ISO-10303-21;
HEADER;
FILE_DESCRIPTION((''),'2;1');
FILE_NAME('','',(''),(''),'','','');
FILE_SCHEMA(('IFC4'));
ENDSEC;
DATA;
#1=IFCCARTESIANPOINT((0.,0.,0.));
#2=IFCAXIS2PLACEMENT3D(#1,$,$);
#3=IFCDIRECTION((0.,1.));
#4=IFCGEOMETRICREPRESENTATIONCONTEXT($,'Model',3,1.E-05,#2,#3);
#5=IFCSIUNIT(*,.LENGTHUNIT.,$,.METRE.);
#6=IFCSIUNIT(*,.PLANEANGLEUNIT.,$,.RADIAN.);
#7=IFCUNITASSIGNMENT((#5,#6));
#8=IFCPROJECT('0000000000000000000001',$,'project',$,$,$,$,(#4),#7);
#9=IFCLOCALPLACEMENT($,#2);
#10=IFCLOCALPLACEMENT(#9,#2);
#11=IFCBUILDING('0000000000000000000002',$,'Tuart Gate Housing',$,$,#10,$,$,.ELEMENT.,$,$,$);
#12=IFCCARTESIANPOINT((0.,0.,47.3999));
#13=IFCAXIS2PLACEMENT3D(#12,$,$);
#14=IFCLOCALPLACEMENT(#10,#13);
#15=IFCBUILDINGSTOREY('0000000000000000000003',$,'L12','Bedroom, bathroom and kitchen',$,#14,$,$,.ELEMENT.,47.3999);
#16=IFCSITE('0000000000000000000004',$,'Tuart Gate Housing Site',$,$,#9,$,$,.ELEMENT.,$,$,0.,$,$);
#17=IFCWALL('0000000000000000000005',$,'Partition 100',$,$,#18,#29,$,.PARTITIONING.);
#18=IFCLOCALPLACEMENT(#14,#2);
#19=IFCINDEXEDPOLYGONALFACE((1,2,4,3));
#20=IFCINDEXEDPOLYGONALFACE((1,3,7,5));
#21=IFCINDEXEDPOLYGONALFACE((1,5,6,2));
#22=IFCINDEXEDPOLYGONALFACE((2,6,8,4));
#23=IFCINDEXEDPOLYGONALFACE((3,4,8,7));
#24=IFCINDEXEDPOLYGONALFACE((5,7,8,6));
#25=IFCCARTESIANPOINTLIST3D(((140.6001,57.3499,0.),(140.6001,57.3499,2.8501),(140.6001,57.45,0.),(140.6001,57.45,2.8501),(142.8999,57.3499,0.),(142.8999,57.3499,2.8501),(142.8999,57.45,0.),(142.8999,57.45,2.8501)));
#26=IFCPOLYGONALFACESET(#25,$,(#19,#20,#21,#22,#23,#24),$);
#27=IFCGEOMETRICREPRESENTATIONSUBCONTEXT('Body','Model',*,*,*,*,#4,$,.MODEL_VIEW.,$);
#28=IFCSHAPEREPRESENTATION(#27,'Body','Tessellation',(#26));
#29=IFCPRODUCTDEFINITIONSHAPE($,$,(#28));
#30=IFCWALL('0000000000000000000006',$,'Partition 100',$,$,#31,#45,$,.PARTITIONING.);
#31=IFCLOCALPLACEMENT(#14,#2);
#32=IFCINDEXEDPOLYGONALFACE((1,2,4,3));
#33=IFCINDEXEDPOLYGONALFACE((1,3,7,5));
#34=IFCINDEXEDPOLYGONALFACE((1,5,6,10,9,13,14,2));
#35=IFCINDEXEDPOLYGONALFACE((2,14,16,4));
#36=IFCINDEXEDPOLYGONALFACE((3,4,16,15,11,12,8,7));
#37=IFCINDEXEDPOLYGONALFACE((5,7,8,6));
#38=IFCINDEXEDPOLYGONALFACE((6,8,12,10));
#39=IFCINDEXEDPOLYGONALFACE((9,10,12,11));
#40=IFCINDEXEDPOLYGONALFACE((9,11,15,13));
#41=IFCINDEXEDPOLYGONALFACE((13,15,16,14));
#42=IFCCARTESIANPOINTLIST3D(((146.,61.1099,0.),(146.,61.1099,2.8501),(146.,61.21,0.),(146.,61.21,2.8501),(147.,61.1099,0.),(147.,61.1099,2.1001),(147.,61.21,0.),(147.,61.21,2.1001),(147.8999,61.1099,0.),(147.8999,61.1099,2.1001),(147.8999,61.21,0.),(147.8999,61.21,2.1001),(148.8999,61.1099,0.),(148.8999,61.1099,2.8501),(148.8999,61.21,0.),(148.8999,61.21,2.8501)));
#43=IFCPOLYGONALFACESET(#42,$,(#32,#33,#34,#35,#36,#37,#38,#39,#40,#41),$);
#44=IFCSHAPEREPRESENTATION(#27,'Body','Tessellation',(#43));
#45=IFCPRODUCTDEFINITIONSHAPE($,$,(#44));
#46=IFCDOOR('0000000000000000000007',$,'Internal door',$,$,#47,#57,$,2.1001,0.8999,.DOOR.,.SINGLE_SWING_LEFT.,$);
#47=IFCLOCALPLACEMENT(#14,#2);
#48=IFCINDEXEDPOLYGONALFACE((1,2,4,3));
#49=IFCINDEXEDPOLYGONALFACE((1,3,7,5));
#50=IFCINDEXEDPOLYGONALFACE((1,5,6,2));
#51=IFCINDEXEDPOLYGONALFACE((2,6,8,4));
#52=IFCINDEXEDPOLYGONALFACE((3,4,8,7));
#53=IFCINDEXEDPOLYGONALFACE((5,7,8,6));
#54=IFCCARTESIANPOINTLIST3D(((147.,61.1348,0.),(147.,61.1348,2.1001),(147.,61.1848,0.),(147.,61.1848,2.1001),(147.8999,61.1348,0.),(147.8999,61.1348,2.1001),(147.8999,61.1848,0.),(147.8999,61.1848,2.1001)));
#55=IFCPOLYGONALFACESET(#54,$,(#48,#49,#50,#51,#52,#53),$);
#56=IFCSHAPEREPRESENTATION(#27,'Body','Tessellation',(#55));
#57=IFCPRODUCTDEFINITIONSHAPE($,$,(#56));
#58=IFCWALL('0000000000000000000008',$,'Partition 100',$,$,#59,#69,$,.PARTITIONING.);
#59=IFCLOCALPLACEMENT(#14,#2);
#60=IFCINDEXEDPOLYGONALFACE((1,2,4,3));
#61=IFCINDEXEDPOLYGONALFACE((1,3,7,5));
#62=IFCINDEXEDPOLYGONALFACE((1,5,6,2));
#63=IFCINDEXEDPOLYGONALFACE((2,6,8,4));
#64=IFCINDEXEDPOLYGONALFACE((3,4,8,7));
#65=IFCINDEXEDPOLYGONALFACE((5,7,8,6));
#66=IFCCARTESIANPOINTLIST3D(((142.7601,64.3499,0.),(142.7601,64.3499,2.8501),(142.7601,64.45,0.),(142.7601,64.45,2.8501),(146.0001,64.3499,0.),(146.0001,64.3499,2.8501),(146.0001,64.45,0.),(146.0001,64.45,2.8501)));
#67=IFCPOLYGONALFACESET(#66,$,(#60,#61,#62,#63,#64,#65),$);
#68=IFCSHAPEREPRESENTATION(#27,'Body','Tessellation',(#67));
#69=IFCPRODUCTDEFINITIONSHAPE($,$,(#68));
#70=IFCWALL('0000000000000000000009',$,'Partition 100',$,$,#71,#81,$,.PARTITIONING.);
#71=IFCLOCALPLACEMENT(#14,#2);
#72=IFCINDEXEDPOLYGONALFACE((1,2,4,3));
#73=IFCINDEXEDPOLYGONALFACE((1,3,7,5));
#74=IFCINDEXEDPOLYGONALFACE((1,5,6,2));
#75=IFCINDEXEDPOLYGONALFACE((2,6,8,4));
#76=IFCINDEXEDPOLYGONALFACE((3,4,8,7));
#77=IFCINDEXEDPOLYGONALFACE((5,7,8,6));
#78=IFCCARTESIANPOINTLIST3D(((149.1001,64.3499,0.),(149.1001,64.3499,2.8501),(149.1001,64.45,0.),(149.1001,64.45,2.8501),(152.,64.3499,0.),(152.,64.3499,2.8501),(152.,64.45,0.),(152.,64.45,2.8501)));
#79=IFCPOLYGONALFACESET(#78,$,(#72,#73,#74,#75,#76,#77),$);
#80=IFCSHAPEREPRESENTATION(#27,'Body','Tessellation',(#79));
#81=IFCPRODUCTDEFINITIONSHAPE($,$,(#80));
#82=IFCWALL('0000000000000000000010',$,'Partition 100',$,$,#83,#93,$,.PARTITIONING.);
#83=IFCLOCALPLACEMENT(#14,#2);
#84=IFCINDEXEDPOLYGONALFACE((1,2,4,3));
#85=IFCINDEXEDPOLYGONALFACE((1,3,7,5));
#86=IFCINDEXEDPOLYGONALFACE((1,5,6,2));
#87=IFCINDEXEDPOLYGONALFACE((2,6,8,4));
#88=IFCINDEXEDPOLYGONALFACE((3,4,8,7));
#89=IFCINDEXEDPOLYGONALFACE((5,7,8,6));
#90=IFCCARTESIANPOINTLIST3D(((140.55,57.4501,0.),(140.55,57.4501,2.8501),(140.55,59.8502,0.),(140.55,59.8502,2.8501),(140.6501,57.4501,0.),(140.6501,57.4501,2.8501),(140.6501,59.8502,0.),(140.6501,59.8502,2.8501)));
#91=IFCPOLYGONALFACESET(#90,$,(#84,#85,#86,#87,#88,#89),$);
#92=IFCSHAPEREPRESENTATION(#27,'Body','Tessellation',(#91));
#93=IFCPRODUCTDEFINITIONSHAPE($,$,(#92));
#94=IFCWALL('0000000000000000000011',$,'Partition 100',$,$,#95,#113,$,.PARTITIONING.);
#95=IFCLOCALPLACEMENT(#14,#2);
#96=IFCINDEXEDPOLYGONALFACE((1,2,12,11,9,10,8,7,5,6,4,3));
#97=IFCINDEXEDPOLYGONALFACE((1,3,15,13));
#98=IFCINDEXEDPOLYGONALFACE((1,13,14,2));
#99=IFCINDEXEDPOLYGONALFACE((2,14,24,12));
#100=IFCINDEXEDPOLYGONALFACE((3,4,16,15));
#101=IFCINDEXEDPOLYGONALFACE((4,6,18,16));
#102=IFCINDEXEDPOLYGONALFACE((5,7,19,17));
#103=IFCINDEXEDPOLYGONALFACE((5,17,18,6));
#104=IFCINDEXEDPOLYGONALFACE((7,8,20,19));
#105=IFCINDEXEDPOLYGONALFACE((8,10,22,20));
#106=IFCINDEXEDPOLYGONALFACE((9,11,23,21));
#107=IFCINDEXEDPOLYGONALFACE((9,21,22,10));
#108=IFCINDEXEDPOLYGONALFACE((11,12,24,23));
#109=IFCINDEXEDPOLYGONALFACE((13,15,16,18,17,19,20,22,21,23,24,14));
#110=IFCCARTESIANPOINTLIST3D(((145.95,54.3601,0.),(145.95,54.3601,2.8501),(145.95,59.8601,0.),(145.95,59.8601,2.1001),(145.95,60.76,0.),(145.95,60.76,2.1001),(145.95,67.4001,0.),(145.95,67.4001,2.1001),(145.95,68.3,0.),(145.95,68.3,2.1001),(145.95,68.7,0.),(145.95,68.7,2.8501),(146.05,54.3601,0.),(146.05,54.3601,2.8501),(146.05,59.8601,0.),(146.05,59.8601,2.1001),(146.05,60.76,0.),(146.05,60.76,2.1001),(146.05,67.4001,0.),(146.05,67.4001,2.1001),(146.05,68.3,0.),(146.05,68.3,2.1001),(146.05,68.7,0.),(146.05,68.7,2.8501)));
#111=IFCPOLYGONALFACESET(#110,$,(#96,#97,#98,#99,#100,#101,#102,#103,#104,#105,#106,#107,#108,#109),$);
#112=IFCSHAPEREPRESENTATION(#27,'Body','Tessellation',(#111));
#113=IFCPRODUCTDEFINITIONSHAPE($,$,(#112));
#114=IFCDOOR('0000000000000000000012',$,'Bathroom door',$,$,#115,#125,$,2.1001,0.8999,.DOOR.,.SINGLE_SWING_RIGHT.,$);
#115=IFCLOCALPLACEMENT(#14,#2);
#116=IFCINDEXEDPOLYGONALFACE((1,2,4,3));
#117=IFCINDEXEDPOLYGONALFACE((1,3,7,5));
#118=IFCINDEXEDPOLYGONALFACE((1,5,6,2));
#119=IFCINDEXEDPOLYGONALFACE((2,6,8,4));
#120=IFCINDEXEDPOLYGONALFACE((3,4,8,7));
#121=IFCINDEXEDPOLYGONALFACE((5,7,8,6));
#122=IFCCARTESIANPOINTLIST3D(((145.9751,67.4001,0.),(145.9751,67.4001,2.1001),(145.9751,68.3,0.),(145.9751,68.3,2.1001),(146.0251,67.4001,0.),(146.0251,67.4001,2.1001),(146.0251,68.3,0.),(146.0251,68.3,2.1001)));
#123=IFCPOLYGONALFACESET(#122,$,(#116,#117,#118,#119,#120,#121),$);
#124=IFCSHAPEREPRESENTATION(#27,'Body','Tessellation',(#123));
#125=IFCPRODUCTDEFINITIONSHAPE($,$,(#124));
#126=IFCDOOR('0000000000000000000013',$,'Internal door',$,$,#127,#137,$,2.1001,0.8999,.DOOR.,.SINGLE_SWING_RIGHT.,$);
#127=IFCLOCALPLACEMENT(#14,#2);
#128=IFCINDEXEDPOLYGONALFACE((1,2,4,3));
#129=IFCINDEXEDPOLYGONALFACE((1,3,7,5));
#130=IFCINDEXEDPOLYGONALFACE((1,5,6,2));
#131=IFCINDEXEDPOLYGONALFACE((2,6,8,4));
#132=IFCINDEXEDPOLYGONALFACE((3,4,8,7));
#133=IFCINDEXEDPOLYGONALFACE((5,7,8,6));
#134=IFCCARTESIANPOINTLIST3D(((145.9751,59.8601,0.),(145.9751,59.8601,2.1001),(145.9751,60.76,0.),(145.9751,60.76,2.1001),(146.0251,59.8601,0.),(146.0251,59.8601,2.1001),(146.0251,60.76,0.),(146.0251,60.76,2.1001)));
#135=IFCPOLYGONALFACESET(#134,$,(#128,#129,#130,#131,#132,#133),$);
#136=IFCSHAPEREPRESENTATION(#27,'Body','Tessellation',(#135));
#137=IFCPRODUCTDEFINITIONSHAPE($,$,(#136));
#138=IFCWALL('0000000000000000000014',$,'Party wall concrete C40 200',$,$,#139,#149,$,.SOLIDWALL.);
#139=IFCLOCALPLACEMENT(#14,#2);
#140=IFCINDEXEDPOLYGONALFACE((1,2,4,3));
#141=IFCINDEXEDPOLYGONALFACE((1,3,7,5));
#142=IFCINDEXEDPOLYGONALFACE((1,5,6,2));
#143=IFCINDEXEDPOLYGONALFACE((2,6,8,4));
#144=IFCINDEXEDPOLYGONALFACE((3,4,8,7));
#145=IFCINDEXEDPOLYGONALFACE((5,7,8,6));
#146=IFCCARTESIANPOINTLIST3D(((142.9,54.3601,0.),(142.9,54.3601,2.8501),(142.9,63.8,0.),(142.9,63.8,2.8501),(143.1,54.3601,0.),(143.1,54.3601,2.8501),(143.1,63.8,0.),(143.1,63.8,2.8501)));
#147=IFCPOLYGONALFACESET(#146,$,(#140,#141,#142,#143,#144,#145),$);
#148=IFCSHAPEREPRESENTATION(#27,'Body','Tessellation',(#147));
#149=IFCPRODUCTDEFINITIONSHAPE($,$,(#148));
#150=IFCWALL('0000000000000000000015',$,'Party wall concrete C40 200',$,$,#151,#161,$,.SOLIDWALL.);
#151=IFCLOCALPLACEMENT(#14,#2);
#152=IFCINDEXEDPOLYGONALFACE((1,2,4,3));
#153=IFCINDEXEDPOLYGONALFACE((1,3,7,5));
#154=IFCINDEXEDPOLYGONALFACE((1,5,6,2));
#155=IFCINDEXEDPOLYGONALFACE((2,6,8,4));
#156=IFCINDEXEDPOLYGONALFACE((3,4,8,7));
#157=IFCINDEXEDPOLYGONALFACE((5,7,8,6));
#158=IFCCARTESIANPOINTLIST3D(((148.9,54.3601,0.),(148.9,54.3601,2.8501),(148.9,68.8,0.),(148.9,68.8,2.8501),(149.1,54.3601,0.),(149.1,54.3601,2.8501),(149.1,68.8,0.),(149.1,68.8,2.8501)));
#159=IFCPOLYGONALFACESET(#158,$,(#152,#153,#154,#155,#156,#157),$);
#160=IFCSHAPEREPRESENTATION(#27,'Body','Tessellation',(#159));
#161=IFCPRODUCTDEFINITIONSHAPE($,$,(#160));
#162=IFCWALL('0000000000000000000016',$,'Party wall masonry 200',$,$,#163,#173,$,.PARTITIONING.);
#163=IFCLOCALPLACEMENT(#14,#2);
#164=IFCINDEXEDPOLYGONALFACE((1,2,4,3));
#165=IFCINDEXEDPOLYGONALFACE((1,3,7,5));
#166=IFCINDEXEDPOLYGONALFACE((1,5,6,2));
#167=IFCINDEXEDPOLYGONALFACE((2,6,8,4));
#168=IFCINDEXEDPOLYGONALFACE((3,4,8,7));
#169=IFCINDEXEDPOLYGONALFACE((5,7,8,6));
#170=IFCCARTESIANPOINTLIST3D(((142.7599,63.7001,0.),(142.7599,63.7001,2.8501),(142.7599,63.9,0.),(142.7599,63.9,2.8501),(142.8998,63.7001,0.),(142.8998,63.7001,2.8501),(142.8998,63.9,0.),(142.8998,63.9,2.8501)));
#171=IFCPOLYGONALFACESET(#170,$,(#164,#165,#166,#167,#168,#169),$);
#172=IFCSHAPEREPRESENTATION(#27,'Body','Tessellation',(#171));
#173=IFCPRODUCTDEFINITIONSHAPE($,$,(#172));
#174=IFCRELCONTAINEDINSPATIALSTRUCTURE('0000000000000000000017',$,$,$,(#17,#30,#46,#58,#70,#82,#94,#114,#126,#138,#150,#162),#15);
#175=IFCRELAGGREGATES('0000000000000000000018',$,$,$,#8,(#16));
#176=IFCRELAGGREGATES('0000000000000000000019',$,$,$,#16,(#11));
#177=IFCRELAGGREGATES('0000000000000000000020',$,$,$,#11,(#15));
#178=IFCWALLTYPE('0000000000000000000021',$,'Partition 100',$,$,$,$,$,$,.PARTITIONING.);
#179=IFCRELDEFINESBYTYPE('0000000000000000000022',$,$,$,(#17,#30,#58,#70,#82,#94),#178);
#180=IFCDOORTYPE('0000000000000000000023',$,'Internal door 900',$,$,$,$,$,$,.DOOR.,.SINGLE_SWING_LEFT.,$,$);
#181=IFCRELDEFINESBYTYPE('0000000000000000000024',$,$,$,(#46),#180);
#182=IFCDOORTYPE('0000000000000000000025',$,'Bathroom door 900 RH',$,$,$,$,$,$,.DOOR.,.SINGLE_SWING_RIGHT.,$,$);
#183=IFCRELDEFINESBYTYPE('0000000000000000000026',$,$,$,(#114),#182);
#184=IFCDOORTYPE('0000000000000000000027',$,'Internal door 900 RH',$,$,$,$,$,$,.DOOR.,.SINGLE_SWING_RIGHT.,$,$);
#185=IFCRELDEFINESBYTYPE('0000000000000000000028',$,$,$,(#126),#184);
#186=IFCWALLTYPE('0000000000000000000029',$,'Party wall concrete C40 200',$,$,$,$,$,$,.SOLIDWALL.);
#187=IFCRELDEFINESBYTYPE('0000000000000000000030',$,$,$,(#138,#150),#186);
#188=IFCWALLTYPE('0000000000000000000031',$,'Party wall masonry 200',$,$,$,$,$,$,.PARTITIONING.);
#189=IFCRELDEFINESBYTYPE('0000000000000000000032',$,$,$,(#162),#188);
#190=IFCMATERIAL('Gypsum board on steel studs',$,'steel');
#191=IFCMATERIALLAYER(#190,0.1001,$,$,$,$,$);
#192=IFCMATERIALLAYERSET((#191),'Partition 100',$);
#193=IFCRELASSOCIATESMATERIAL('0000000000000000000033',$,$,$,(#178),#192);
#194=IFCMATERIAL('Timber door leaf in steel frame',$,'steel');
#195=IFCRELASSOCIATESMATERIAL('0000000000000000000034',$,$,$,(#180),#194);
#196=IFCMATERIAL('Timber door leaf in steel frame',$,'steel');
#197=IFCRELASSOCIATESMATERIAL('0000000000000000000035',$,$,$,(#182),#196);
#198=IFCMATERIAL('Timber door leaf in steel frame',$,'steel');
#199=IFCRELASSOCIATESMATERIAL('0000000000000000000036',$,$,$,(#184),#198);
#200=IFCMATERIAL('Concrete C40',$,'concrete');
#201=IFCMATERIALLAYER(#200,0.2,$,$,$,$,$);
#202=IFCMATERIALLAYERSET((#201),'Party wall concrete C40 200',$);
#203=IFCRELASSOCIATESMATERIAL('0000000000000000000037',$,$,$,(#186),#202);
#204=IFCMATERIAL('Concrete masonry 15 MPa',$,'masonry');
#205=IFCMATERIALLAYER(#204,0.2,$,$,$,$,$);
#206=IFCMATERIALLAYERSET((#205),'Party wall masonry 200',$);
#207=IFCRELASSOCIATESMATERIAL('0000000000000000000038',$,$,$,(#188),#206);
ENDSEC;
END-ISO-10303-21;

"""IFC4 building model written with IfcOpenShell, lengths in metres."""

from ifc_helpers import new_model, si_unit, direction, frame, frame_2d, origin, place, context, subcontext, project, spatial, rectangle, extrude, material, layer, layer_set, type_object, element, fill, save


model = new_model("IFC4")

# Units and contexts
model_context = context("Model", 3, precision=1e-05, world=origin(), true_north=direction((0.0, 1.0)))
body_context = subcontext(model_context, "Body", "Model", "MODEL_VIEW")
ifc_project = project(units=[si_unit("LENGTHUNIT", "METRE"), si_unit("PLANEANGLEUNIT", "RADIAN")], contexts=[model_context])

# Site, building, storey
site_placement = place(None, origin())
site = spatial("IfcSite", under=ifc_project, at=site_placement, Name="Tuart Gate Housing Site", CompositionType="ELEMENT", RefElevation=0.0)
building_placement = place(site_placement, origin())
building = spatial("IfcBuilding", under=site, at=building_placement, Name="Tuart Gate Housing", CompositionType="ELEMENT")
storey_placement = place(building_placement, frame((0.0, 0.0, 47.3999)))
storey = spatial("IfcBuildingStorey", under=building, at=storey_placement, Name="L12", Description="Bedroom, bathroom and kitchen", CompositionType="ELEMENT", Elevation=47.3999)

# Wall
ifc_material_1 = material(Name="Gypsum board on steel studs", Category="steel")
ifc_layer_1 = layer(ifc_material_1, 0.1001)
ifc_layer_set_1 = layer_set([ifc_layer_1], Name="Partition 100")
wall_type_1 = type_object("IfcWallType", Name="Partition 100", PredefinedType="PARTITIONING", material=ifc_layer_set_1)
wall_1_placement = place(storey_placement, frame((140.6001, 57.3999, 0.0), z_axis=(0.0, 0.0, 1.0), x_axis=(1.0, 0.0, 0.0)))
element("IfcWall", 1, at=wall_1_placement, inside=storey, type_object=wall_type_1, Name="Partition 100", PredefinedType="PARTITIONING", context=body_context, shape_type="SweptSolid", body=[
    extrude(rectangle(XDim=2.2998, YDim=0.1001, at=frame_2d((1.1499, 0.0))), origin(), (0.0, 0.0, 1.0), 2.8501),
])

# Wall, opening, door
wall_2_placement = place(storey_placement, frame((146.0, 61.1599, 0.0), z_axis=(0.0, 0.0, 1.0), x_axis=(1.0, 0.0, 0.0)))
wall_2 = element("IfcWall", 2, at=wall_2_placement, inside=storey, type_object=wall_type_1, Name="Partition 100", PredefinedType="PARTITIONING", context=body_context, shape_type="SweptSolid", body=[
    extrude(rectangle(XDim=2.8999, YDim=0.1001, at=frame_2d((1.45, 0.0))), origin(), (0.0, 0.0, 1.0), 2.8501),
])
opening_1_placement = place(wall_2_placement, frame((1.0, 0.0, 0.0)))
opening_1 = element("IfcOpeningElement", 3, at=opening_1_placement, cuts=wall_2, PredefinedType="OPENING", context=body_context, shape_type="SweptSolid", body=[
    extrude(rectangle(XDim=0.8999, YDim=2.1001, at=frame_2d((0.45, 1.05))), frame((0.0, 0.0601, 0.0), z_axis=(0.0, -1.0, 0.0), x_axis=(1.0, 0.0, 0.0)), (0.0, 0.0, 1.0), 0.1201),
])
ifc_material_2 = material(Name="Timber door leaf in steel frame", Category="steel")
door_type_1 = type_object("IfcDoorType", Name="Internal door 900", OperationType="SINGLE_SWING_LEFT", PredefinedType="DOOR", material=ifc_material_2)
door_1_placement = place(opening_1_placement, origin())
door_1 = element("IfcDoor", 4, at=door_1_placement, inside=storey, type_object=door_type_1, Name="Internal door", OperationType="SINGLE_SWING_LEFT", OverallHeight=2.1001, OverallWidth=0.8999, PredefinedType="DOOR", context=body_context, shape_type="SweptSolid", body=[
    extrude(rectangle(XDim=0.8999, YDim=2.1001, at=frame_2d((0.45, 1.05))), frame((0.0, 0.0249, 0.0), z_axis=(0.0, -1.0, 0.0), x_axis=(1.0, 0.0, 0.0)), (0.0, 0.0, 1.0), 0.05),
])
fill(opening_1, door_1)

# Walls
wall_3_placement = place(storey_placement, frame((142.76, 64.3999, 0.0), z_axis=(0.0, 0.0, 1.0), x_axis=(1.0, 0.0, 0.0)))
element("IfcWall", 5, at=wall_3_placement, inside=storey, type_object=wall_type_1, Name="Partition 100", PredefinedType="PARTITIONING", context=body_context, shape_type="SweptSolid", body=[
    extrude(rectangle(XDim=3.24, YDim=0.1001, at=frame_2d((1.6201, 0.0))), origin(), (0.0, 0.0, 1.0), 2.8501),
])
wall_4_placement = place(storey_placement, frame((149.1001, 64.3999, 0.0), z_axis=(0.0, 0.0, 1.0), x_axis=(1.0, 0.0, 0.0)))
element("IfcWall", 6, at=wall_4_placement, inside=storey, type_object=wall_type_1, Name="Partition 100", PredefinedType="PARTITIONING", context=body_context, shape_type="SweptSolid", body=[
    extrude(rectangle(XDim=2.8999, YDim=0.1001, at=frame_2d((1.45, 0.0))), origin(), (0.0, 0.0, 1.0), 2.8501),
])
wall_5_placement = place(storey_placement, frame((140.6001, 57.45, 0.0), z_axis=(0.0, 0.0, 1.0), x_axis=(0.0, 1.0, 0.0)))
element("IfcWall", 7, at=wall_5_placement, inside=storey, type_object=wall_type_1, Name="Partition 100", PredefinedType="PARTITIONING", context=body_context, shape_type="SweptSolid", body=[
    extrude(rectangle(XDim=2.4001, YDim=0.1001, at=frame_2d((1.2002, 0.0))), origin(), (0.0, 0.0, 1.0), 2.8501),
])

# Wall, openings, doors
wall_6_placement = place(storey_placement, frame((146.0, 54.3601, 0.0), z_axis=(0.0, 0.0, 1.0), x_axis=(0.0, 1.0, 0.0)))
wall_6 = element("IfcWall", 8, at=wall_6_placement, inside=storey, type_object=wall_type_1, Name="Partition 100", PredefinedType="PARTITIONING", context=body_context, shape_type="SweptSolid", body=[
    extrude(rectangle(XDim=14.3398, YDim=0.1001, at=frame_2d((7.1699, 0.0))), origin(), (0.0, 0.0, 1.0), 2.8501),
])
opening_2_placement = place(wall_6_placement, frame((5.5, 0.0, 0.0)))
opening_2 = element("IfcOpeningElement", 9, at=opening_2_placement, cuts=wall_6, PredefinedType="OPENING", context=body_context, shape_type="SweptSolid", body=[
    extrude(rectangle(XDim=0.8999, YDim=2.1001, at=frame_2d((0.45, 1.05))), frame((0.0, 0.0601, 0.0), z_axis=(0.0, -1.0, 0.0), x_axis=(1.0, 0.0, 0.0)), (0.0, 0.0, 1.0), 0.1201),
])
opening_3_placement = place(wall_6_placement, frame((13.04, 0.0, 0.0)))
opening_3 = element("IfcOpeningElement", 10, at=opening_3_placement, cuts=wall_6, PredefinedType="OPENING", context=body_context, shape_type="SweptSolid", body=[
    extrude(rectangle(XDim=0.8999, YDim=2.1001, at=frame_2d((0.45, 1.05))), frame((0.0, 0.0601, 0.0), z_axis=(0.0, -1.0, 0.0), x_axis=(1.0, 0.0, 0.0)), (0.0, 0.0, 1.0), 0.1201),
])
ifc_material_3 = material(Name="Timber door leaf in steel frame", Category="steel")
door_type_2 = type_object("IfcDoorType", Name="Bathroom door 900 RH", OperationType="SINGLE_SWING_RIGHT", PredefinedType="DOOR", material=ifc_material_3)
door_2_placement = place(opening_3_placement, origin())
door_2 = element("IfcDoor", 11, at=door_2_placement, inside=storey, type_object=door_type_2, Name="Bathroom door", OperationType="SINGLE_SWING_RIGHT", OverallHeight=2.1001, OverallWidth=0.8999, PredefinedType="DOOR", context=body_context, shape_type="SweptSolid", body=[
    extrude(rectangle(XDim=0.8999, YDim=2.1001, at=frame_2d((0.45, 1.05))), frame((0.0, 0.0249, 0.0), z_axis=(0.0, -1.0, 0.0), x_axis=(1.0, 0.0, 0.0)), (0.0, 0.0, 1.0), 0.05),
])
fill(opening_3, door_2)
ifc_material_4 = material(Name="Timber door leaf in steel frame", Category="steel")
door_type_3 = type_object("IfcDoorType", Name="Internal door 900 RH", OperationType="SINGLE_SWING_RIGHT", PredefinedType="DOOR", material=ifc_material_4)
door_3_placement = place(opening_2_placement, origin())
door_3 = element("IfcDoor", 12, at=door_3_placement, inside=storey, type_object=door_type_3, Name="Internal door", OperationType="SINGLE_SWING_RIGHT", OverallHeight=2.1001, OverallWidth=0.8999, PredefinedType="DOOR", context=body_context, shape_type="SweptSolid", body=[
    extrude(rectangle(XDim=0.8999, YDim=2.1001, at=frame_2d((0.45, 1.05))), frame((0.0, 0.0249, 0.0), z_axis=(0.0, -1.0, 0.0), x_axis=(1.0, 0.0, 0.0)), (0.0, 0.0, 1.0), 0.05),
])
fill(opening_2, door_3)

# Walls
ifc_material_5 = material(Name="Concrete C40", Category="concrete")
ifc_layer_2 = layer(ifc_material_5, 0.2)
ifc_layer_set_2 = layer_set([ifc_layer_2], Name="Party wall concrete C40 200")
wall_type_2 = type_object("IfcWallType", Name="Party wall concrete C40 200", PredefinedType="SOLIDWALL", material=ifc_layer_set_2)
wall_7_placement = place(storey_placement, frame((143.0, 54.3601, 0.0), z_axis=(0.0, 0.0, 1.0), x_axis=(0.0, 1.0, 0.0)))
element("IfcWall", 13, at=wall_7_placement, inside=storey, type_object=wall_type_2, Name="Party wall concrete C40 200", PredefinedType="SOLIDWALL", context=body_context, shape_type="SweptSolid", body=[
    extrude(rectangle(XDim=9.4399, YDim=0.2, at=frame_2d((4.72, 0.0))), origin(), (0.0, 0.0, 1.0), 2.8501),
])
wall_8_placement = place(storey_placement, frame((149.0, 54.3601, 0.0), z_axis=(0.0, 0.0, 1.0), x_axis=(0.0, 1.0, 0.0)))
element("IfcWall", 14, at=wall_8_placement, inside=storey, type_object=wall_type_2, Name="Party wall concrete C40 200", PredefinedType="SOLIDWALL", context=body_context, shape_type="SweptSolid", body=[
    extrude(rectangle(XDim=14.4399, YDim=0.2, at=frame_2d((7.22, 0.0))), origin(), (0.0, 0.0, 1.0), 2.8501),
])
ifc_material_6 = material(Name="Concrete masonry 15 MPa", Category="masonry")
ifc_layer_3 = layer(ifc_material_6, 0.2)
ifc_layer_set_3 = layer_set([ifc_layer_3], Name="Party wall masonry 200")
wall_type_3 = type_object("IfcWallType", Name="Party wall masonry 200", PredefinedType="PARTITIONING", material=ifc_layer_set_3)
wall_9_placement = place(storey_placement, frame((142.76, 63.8, 0.0), z_axis=(0.0, 0.0, 1.0), x_axis=(1.0, 0.0, 0.0)))
element("IfcWall", 15, at=wall_9_placement, inside=storey, type_object=wall_type_3, Name="Party wall masonry 200", PredefinedType="PARTITIONING", context=body_context, shape_type="SweptSolid", body=[
    extrude(rectangle(XDim=0.1399, YDim=0.2, at=frame_2d((0.0698, 0.0))), origin(), (0.0, 0.0, 1.0), 2.8501),
])

save(model, "model.ifc")
